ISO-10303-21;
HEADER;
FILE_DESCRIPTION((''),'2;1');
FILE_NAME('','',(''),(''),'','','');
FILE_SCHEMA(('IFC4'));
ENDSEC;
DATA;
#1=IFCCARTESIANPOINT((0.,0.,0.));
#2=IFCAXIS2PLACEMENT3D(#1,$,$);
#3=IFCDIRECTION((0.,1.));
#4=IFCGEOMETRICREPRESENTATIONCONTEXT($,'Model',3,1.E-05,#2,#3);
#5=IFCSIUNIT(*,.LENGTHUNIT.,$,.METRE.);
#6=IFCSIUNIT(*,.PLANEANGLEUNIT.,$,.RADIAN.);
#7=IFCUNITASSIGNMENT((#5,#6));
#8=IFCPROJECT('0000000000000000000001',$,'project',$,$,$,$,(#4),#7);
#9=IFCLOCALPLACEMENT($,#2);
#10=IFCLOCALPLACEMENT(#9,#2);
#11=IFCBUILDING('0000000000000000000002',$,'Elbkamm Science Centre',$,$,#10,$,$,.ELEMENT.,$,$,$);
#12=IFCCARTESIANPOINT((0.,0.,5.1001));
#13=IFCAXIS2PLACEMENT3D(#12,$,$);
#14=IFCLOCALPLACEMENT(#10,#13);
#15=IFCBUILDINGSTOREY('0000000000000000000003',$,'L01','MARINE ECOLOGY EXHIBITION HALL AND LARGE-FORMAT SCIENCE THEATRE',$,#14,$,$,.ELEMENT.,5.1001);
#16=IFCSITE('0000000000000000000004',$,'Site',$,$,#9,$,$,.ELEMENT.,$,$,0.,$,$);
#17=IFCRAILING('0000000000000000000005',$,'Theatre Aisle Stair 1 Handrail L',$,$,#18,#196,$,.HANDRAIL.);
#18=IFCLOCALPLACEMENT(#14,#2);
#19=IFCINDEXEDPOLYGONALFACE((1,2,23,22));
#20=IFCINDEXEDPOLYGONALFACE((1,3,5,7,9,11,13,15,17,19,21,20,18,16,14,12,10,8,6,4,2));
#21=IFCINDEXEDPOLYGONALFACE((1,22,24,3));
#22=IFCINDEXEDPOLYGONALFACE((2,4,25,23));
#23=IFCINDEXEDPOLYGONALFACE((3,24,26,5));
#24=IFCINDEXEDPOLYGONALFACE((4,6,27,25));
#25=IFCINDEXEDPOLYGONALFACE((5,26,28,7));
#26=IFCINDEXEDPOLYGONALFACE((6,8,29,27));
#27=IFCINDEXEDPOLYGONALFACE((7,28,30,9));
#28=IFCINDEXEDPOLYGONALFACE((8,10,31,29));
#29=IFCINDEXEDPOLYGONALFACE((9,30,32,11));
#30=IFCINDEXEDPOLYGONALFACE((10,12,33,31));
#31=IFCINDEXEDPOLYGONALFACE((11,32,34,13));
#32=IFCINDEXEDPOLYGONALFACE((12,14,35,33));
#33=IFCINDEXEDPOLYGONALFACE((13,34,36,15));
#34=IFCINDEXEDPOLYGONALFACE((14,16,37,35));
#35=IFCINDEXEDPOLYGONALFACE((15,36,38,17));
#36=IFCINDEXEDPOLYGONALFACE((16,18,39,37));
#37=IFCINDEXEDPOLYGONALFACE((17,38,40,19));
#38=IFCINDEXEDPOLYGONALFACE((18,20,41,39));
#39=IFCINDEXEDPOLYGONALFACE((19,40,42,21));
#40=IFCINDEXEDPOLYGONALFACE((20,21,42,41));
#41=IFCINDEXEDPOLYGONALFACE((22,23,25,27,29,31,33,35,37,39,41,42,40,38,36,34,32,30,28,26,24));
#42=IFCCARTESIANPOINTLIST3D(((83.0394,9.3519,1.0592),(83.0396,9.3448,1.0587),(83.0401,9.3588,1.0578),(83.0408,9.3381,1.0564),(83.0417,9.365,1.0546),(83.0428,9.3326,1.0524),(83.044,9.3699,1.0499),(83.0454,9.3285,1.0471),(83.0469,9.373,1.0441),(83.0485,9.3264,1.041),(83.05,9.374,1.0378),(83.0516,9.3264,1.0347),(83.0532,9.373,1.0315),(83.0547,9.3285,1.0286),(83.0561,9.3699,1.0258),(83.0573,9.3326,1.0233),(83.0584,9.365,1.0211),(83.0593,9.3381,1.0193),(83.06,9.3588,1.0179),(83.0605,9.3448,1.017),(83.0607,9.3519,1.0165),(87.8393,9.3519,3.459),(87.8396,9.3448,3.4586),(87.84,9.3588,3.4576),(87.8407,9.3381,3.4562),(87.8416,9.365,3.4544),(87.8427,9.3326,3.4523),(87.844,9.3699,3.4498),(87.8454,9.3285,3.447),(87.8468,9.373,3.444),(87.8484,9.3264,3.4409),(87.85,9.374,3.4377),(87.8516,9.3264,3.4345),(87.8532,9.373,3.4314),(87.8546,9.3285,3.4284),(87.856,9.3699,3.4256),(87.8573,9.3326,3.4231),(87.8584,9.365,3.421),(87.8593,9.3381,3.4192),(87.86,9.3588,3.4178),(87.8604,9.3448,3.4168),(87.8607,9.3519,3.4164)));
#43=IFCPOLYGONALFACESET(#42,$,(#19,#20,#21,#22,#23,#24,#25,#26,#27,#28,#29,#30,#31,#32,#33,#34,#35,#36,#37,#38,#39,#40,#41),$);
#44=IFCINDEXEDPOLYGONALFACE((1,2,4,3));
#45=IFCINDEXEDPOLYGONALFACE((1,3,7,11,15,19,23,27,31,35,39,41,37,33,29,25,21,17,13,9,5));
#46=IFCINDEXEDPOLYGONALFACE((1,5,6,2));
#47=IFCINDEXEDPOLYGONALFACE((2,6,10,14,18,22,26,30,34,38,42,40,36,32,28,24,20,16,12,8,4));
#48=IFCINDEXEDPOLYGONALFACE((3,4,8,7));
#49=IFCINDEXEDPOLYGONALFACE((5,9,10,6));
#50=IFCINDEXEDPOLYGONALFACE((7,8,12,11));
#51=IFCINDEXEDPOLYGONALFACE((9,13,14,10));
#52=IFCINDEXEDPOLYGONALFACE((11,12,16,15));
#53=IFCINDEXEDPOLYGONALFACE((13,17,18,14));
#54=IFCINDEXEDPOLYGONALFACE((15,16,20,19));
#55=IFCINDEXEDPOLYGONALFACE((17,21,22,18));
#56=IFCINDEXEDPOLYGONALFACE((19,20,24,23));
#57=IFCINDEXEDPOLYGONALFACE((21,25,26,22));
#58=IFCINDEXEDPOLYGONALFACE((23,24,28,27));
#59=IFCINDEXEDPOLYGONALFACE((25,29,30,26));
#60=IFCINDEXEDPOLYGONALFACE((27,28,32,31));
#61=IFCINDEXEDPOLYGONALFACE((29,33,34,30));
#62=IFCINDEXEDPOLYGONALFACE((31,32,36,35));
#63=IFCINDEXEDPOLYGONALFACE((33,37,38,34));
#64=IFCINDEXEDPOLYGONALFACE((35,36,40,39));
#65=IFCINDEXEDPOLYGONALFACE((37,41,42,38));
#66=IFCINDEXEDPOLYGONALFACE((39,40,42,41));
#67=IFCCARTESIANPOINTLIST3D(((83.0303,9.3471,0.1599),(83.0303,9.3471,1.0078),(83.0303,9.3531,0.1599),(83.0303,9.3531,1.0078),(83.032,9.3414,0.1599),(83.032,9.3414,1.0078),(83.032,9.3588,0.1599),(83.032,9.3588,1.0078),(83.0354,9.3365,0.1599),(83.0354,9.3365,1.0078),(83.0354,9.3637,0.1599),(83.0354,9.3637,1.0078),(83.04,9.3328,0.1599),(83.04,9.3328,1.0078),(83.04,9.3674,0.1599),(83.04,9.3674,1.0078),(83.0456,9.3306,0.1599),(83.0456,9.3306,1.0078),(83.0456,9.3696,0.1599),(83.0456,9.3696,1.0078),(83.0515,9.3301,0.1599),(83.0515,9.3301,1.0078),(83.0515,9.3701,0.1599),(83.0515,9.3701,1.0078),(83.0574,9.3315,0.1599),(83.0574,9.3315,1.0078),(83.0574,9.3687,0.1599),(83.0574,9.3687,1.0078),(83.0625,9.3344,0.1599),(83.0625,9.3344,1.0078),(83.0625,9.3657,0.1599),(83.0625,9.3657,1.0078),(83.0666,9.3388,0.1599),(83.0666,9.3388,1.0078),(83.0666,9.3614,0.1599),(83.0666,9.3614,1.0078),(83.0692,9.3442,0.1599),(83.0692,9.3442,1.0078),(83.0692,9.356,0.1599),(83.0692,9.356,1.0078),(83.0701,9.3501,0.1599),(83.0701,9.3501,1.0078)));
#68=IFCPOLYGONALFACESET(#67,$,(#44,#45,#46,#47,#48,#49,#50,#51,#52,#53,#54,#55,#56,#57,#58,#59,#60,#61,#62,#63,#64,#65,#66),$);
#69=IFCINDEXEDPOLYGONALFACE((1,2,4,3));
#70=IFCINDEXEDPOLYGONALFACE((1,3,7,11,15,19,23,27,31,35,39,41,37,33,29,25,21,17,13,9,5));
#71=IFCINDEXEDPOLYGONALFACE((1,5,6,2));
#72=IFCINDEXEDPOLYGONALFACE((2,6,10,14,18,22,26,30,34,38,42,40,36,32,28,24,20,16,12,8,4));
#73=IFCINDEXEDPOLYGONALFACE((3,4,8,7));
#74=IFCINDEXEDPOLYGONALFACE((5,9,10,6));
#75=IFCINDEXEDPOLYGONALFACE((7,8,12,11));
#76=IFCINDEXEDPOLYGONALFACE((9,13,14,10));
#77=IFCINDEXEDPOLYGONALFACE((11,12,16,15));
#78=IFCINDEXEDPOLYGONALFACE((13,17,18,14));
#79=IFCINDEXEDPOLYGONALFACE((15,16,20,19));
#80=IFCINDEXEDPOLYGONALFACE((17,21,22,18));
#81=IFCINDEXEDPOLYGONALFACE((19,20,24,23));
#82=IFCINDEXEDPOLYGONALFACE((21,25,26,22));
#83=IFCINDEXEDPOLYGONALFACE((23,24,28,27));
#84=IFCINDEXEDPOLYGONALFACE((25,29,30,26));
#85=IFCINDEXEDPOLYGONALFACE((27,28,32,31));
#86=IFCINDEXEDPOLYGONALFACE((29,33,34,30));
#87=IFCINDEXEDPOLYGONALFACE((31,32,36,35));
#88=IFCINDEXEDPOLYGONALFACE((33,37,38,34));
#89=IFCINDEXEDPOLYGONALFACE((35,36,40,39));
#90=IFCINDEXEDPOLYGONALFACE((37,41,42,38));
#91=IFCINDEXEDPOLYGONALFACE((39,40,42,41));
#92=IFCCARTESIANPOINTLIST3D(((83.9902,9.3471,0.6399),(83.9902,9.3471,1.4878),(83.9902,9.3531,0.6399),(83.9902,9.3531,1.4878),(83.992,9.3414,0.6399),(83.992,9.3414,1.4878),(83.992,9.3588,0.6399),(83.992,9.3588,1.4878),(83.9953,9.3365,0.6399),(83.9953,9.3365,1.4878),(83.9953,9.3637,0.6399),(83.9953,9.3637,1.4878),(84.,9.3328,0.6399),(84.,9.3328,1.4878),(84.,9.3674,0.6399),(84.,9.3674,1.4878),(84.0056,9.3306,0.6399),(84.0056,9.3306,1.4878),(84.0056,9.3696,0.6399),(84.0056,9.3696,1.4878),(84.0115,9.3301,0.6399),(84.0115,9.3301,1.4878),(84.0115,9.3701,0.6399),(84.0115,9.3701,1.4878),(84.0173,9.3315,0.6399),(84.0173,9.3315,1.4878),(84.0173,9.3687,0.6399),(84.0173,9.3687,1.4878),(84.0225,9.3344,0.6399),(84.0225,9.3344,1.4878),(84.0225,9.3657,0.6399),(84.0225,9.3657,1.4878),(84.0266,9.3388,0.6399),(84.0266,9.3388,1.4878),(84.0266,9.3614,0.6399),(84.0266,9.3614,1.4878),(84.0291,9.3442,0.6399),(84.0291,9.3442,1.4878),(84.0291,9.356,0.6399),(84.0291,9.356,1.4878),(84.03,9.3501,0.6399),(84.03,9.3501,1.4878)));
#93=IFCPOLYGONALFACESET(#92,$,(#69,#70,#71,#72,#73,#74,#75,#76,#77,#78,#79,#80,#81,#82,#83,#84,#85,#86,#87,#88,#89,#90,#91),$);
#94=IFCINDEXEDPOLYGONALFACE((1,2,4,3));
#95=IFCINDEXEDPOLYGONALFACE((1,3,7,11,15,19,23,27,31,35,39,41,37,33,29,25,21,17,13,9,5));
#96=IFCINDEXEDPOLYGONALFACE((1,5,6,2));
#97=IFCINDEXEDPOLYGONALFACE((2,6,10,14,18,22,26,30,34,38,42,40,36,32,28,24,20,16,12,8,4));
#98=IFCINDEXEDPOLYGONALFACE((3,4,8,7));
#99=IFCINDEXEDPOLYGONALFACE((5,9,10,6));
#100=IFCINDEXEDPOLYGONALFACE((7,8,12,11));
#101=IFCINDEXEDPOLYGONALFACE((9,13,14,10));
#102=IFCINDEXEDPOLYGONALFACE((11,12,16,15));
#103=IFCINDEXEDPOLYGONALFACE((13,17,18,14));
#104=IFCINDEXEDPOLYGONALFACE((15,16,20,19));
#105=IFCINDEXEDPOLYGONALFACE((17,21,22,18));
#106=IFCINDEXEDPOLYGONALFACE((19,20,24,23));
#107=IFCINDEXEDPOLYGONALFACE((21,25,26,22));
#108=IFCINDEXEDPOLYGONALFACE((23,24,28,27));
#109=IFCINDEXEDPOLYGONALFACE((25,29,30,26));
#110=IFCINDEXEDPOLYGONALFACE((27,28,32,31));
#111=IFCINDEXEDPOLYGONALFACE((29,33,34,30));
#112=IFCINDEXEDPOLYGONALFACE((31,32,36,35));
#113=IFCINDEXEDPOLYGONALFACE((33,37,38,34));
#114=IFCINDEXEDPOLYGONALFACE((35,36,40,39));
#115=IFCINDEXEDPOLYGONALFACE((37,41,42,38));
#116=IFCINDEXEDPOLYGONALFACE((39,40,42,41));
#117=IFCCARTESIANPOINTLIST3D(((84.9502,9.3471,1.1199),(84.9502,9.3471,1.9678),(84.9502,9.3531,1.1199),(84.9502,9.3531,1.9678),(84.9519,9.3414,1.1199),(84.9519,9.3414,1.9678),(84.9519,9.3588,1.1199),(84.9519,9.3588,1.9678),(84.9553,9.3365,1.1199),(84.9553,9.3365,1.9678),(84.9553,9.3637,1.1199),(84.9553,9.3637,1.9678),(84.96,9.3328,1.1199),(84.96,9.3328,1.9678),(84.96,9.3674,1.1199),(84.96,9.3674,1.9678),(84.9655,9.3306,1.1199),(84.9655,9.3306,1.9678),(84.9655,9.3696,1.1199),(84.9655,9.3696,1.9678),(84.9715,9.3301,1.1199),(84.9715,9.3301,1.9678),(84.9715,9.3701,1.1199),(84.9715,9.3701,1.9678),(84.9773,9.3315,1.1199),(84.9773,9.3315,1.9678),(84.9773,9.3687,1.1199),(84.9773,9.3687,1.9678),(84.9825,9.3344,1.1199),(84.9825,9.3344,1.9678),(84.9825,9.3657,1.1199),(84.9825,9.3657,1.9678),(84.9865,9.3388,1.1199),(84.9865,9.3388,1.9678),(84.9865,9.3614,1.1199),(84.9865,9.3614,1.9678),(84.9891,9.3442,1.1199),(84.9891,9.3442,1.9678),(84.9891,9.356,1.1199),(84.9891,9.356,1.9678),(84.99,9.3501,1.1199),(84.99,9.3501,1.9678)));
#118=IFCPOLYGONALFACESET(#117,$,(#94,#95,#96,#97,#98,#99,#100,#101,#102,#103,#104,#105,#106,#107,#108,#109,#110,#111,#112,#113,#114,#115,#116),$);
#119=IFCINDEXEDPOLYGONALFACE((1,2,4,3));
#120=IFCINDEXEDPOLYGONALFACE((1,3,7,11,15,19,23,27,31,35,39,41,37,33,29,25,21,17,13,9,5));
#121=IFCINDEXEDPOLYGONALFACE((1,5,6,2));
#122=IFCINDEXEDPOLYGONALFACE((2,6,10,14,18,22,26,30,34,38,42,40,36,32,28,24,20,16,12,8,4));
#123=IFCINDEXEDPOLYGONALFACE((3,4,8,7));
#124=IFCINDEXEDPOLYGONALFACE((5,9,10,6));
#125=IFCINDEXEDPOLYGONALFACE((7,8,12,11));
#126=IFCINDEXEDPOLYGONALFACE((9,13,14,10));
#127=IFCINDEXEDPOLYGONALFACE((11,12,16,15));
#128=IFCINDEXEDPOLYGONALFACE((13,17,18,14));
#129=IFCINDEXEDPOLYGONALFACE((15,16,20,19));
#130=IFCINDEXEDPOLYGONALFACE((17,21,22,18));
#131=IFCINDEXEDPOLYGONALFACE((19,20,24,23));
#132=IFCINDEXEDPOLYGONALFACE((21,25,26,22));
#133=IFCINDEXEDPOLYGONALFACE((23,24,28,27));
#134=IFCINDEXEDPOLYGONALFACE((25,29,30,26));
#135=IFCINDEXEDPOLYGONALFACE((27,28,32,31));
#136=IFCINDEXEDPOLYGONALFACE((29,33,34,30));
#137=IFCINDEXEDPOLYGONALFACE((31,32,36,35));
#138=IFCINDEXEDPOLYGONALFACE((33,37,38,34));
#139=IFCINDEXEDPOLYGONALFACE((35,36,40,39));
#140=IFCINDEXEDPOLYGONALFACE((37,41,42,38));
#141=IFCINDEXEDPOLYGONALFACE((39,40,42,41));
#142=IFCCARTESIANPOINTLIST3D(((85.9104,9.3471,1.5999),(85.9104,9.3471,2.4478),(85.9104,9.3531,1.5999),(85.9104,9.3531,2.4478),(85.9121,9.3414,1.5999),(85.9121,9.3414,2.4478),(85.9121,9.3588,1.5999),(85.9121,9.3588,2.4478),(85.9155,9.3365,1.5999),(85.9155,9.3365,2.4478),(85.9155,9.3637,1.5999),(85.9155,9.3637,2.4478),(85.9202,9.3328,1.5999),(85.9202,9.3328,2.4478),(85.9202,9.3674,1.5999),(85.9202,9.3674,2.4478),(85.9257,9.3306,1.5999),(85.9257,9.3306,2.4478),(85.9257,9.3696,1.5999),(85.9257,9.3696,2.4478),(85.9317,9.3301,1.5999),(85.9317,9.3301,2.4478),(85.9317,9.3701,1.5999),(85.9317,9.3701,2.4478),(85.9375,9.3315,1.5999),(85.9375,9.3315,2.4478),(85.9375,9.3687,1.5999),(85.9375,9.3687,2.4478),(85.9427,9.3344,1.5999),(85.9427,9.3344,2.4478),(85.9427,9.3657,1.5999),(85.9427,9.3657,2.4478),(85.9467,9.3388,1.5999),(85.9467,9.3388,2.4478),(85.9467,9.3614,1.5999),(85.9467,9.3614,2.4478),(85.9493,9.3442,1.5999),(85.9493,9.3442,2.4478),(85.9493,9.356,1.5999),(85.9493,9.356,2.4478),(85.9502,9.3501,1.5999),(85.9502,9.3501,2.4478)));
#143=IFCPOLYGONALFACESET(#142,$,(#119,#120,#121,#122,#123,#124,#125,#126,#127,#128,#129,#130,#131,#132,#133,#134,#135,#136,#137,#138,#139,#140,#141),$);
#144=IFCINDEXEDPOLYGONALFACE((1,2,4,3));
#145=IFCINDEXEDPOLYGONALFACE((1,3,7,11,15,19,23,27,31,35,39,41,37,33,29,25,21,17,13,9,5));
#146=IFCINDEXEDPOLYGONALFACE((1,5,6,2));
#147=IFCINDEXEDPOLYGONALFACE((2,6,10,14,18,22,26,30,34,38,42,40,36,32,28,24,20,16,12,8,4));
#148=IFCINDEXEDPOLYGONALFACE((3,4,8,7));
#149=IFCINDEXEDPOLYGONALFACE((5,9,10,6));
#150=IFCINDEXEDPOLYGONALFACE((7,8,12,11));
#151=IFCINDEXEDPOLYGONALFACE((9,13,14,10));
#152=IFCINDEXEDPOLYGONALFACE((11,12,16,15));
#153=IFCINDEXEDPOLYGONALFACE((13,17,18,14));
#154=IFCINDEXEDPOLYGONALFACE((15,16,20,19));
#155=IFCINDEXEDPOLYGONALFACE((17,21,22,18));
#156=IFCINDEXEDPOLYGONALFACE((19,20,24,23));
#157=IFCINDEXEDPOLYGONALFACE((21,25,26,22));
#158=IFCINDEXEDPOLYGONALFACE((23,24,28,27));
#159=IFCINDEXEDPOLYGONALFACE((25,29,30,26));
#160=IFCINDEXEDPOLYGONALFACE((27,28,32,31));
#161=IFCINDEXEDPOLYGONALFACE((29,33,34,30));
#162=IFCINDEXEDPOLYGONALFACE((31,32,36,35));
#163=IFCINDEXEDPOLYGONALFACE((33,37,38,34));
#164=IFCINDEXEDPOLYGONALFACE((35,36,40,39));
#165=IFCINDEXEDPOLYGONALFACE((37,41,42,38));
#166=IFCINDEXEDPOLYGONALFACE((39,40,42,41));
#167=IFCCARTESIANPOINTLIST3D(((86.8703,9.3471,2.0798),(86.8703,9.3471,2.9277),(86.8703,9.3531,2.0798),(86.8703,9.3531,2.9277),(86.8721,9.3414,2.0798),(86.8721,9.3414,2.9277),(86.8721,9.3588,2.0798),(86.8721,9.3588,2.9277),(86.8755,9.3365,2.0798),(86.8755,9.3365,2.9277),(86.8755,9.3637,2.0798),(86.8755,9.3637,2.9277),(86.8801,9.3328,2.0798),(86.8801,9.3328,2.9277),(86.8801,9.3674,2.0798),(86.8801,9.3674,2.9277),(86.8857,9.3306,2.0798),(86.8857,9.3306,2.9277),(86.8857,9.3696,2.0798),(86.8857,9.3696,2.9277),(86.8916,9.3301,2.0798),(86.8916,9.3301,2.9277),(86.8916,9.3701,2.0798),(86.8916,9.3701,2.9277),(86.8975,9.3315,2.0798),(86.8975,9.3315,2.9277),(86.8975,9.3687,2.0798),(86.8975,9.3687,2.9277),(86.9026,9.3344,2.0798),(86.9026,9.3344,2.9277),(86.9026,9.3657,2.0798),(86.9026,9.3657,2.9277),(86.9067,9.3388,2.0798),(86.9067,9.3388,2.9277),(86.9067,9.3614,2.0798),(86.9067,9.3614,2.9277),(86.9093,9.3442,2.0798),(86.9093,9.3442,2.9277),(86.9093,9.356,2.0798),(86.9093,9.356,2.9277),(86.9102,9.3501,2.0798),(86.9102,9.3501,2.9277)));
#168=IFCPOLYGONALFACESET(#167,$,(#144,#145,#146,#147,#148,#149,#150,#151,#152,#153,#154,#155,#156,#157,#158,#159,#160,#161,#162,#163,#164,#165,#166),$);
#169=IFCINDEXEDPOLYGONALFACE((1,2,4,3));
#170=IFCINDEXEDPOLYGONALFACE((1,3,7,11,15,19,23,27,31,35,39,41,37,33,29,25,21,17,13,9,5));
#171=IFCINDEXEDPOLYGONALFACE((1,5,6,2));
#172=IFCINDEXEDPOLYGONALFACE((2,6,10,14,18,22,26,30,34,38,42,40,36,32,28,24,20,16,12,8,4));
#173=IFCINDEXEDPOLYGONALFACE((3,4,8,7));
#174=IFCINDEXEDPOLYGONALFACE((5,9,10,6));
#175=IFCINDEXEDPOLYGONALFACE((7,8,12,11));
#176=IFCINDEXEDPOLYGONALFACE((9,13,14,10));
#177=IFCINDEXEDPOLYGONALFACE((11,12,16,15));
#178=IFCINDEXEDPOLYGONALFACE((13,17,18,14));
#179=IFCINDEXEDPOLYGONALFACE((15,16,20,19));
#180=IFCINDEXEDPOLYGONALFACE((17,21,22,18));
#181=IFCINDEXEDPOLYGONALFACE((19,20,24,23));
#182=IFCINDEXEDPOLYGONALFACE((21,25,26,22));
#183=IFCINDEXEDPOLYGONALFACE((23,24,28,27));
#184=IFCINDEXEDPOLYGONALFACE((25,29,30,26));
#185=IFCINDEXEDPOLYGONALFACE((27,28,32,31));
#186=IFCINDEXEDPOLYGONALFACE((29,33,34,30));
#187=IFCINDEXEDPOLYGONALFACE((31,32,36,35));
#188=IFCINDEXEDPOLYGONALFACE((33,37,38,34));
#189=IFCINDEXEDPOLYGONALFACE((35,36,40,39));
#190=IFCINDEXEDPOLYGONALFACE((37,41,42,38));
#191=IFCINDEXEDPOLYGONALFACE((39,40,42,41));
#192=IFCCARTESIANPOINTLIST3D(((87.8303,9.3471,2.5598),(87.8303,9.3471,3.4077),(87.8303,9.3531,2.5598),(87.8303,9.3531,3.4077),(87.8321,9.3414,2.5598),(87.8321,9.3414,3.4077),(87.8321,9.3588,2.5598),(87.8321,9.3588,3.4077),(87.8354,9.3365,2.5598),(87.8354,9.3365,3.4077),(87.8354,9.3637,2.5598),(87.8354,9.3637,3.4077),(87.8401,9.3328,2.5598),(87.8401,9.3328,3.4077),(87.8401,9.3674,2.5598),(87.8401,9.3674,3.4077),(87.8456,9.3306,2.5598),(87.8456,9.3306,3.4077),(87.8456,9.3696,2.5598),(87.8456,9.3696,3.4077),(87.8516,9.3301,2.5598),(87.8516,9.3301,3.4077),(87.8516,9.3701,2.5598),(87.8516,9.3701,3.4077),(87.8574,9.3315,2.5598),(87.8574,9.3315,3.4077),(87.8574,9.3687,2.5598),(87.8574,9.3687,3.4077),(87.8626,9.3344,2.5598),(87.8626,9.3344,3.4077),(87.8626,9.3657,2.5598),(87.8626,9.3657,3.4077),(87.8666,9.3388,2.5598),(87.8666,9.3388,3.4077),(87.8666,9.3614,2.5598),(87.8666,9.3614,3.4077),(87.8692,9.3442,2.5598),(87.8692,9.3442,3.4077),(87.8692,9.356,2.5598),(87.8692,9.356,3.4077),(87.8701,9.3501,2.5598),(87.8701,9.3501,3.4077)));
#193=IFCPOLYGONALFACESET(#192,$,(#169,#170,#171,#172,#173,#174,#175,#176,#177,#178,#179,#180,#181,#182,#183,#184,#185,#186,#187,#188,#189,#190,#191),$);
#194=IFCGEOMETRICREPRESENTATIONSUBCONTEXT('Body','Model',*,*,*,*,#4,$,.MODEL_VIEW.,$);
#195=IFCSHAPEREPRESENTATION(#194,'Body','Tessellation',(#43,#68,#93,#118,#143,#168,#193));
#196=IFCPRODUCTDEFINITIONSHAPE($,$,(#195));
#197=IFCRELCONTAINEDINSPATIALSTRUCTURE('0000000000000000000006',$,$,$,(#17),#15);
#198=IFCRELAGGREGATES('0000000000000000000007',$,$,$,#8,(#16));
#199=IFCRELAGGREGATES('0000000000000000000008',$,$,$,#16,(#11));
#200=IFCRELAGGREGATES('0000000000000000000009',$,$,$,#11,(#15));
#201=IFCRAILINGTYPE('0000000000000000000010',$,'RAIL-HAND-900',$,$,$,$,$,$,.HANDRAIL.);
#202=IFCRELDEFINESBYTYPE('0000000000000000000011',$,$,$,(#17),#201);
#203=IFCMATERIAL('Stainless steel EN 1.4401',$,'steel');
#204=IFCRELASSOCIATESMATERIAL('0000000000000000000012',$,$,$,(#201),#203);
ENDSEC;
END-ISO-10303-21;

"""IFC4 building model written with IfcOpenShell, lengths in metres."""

from ifc_helpers import new_model, si_unit, direction, frame, origin, origin_2d, place, context, subcontext, project, spatial, circle, extrude, material, type_object, element, save


model = new_model("IFC4")

# Units and contexts
model_context = context("Model", 3, precision=1e-05, world=origin(), true_north=direction((0.0, 1.0)))
body_context = subcontext(model_context, "Body", "Model", "MODEL_VIEW")
ifc_project = project(units=[si_unit("LENGTHUNIT", "METRE"), si_unit("PLANEANGLEUNIT", "RADIAN")], contexts=[model_context])

# Site, building, storey
site_placement = place(None, origin())
site = spatial("IfcSite", under=ifc_project, at=site_placement, Name="Site", CompositionType="ELEMENT", RefElevation=0.0)
building_placement = place(site_placement, origin())
building = spatial("IfcBuilding", under=site, at=building_placement, Name="Elbkamm Science Centre", CompositionType="ELEMENT")
storey_placement = place(building_placement, frame((0.0, 0.0, 5.1001)))
storey = spatial("IfcBuildingStorey", under=building, at=storey_placement, Name="L01", Description="MARINE ECOLOGY EXHIBITION HALL AND LARGE-FORMAT SCIENCE THEATRE", CompositionType="ELEMENT", Elevation=5.1001)

# Railing
ifc_material_1 = material(Name="Stainless steel EN 1.4401", Category="steel")
railing_type_1 = type_object("IfcRailingType", Name="RAIL-HAND-900", PredefinedType="HANDRAIL", material=ifc_material_1)
for number, where, name in (
    (1, (83.05, 9.3501, 0.1599), "Theatre Aisle Stair 1 Handrail L"),
):
    element("IfcRailing", number, at=place(storey_placement, frame(where)), inside=storey, type_object=railing_type_1, Name=name, PredefinedType="HANDRAIL", context=body_context, shape_type="SweptSolid", body=[
        extrude(circle(Radius=0.0239, at=origin_2d()), frame((0.0, 0.0, 0.8779), z_axis=(0.894436, 0.0, 0.447195), x_axis=(0.0, 1.0, 0.0)), (0.0, 0.0, 1.0), 5.3665),
        extrude(circle(Radius=0.02, at=origin_2d()), origin(), (0.0, 0.0, 1.0), 0.8479),
        extrude(circle(Radius=0.02, at=origin_2d()), frame((0.96, 0.0, 0.48)), (0.0, 0.0, 1.0), 0.8479),
        extrude(circle(Radius=0.02, at=origin_2d()), frame((1.9199, 0.0, 0.96)), (0.0, 0.0, 1.0), 0.8479),
        extrude(circle(Radius=0.02, at=origin_2d()), frame((2.8801, 0.0, 1.4399)), (0.0, 0.0, 1.0), 0.8479),
        extrude(circle(Radius=0.02, at=origin_2d()), frame((3.8401, 0.0, 1.9199)), (0.0, 0.0, 1.0), 0.8479),
        extrude(circle(Radius=0.02, at=origin_2d()), frame((4.8, 0.0, 2.3999)), (0.0, 0.0, 1.0), 0.8479),
    ])

save(model, "model.ifc")
